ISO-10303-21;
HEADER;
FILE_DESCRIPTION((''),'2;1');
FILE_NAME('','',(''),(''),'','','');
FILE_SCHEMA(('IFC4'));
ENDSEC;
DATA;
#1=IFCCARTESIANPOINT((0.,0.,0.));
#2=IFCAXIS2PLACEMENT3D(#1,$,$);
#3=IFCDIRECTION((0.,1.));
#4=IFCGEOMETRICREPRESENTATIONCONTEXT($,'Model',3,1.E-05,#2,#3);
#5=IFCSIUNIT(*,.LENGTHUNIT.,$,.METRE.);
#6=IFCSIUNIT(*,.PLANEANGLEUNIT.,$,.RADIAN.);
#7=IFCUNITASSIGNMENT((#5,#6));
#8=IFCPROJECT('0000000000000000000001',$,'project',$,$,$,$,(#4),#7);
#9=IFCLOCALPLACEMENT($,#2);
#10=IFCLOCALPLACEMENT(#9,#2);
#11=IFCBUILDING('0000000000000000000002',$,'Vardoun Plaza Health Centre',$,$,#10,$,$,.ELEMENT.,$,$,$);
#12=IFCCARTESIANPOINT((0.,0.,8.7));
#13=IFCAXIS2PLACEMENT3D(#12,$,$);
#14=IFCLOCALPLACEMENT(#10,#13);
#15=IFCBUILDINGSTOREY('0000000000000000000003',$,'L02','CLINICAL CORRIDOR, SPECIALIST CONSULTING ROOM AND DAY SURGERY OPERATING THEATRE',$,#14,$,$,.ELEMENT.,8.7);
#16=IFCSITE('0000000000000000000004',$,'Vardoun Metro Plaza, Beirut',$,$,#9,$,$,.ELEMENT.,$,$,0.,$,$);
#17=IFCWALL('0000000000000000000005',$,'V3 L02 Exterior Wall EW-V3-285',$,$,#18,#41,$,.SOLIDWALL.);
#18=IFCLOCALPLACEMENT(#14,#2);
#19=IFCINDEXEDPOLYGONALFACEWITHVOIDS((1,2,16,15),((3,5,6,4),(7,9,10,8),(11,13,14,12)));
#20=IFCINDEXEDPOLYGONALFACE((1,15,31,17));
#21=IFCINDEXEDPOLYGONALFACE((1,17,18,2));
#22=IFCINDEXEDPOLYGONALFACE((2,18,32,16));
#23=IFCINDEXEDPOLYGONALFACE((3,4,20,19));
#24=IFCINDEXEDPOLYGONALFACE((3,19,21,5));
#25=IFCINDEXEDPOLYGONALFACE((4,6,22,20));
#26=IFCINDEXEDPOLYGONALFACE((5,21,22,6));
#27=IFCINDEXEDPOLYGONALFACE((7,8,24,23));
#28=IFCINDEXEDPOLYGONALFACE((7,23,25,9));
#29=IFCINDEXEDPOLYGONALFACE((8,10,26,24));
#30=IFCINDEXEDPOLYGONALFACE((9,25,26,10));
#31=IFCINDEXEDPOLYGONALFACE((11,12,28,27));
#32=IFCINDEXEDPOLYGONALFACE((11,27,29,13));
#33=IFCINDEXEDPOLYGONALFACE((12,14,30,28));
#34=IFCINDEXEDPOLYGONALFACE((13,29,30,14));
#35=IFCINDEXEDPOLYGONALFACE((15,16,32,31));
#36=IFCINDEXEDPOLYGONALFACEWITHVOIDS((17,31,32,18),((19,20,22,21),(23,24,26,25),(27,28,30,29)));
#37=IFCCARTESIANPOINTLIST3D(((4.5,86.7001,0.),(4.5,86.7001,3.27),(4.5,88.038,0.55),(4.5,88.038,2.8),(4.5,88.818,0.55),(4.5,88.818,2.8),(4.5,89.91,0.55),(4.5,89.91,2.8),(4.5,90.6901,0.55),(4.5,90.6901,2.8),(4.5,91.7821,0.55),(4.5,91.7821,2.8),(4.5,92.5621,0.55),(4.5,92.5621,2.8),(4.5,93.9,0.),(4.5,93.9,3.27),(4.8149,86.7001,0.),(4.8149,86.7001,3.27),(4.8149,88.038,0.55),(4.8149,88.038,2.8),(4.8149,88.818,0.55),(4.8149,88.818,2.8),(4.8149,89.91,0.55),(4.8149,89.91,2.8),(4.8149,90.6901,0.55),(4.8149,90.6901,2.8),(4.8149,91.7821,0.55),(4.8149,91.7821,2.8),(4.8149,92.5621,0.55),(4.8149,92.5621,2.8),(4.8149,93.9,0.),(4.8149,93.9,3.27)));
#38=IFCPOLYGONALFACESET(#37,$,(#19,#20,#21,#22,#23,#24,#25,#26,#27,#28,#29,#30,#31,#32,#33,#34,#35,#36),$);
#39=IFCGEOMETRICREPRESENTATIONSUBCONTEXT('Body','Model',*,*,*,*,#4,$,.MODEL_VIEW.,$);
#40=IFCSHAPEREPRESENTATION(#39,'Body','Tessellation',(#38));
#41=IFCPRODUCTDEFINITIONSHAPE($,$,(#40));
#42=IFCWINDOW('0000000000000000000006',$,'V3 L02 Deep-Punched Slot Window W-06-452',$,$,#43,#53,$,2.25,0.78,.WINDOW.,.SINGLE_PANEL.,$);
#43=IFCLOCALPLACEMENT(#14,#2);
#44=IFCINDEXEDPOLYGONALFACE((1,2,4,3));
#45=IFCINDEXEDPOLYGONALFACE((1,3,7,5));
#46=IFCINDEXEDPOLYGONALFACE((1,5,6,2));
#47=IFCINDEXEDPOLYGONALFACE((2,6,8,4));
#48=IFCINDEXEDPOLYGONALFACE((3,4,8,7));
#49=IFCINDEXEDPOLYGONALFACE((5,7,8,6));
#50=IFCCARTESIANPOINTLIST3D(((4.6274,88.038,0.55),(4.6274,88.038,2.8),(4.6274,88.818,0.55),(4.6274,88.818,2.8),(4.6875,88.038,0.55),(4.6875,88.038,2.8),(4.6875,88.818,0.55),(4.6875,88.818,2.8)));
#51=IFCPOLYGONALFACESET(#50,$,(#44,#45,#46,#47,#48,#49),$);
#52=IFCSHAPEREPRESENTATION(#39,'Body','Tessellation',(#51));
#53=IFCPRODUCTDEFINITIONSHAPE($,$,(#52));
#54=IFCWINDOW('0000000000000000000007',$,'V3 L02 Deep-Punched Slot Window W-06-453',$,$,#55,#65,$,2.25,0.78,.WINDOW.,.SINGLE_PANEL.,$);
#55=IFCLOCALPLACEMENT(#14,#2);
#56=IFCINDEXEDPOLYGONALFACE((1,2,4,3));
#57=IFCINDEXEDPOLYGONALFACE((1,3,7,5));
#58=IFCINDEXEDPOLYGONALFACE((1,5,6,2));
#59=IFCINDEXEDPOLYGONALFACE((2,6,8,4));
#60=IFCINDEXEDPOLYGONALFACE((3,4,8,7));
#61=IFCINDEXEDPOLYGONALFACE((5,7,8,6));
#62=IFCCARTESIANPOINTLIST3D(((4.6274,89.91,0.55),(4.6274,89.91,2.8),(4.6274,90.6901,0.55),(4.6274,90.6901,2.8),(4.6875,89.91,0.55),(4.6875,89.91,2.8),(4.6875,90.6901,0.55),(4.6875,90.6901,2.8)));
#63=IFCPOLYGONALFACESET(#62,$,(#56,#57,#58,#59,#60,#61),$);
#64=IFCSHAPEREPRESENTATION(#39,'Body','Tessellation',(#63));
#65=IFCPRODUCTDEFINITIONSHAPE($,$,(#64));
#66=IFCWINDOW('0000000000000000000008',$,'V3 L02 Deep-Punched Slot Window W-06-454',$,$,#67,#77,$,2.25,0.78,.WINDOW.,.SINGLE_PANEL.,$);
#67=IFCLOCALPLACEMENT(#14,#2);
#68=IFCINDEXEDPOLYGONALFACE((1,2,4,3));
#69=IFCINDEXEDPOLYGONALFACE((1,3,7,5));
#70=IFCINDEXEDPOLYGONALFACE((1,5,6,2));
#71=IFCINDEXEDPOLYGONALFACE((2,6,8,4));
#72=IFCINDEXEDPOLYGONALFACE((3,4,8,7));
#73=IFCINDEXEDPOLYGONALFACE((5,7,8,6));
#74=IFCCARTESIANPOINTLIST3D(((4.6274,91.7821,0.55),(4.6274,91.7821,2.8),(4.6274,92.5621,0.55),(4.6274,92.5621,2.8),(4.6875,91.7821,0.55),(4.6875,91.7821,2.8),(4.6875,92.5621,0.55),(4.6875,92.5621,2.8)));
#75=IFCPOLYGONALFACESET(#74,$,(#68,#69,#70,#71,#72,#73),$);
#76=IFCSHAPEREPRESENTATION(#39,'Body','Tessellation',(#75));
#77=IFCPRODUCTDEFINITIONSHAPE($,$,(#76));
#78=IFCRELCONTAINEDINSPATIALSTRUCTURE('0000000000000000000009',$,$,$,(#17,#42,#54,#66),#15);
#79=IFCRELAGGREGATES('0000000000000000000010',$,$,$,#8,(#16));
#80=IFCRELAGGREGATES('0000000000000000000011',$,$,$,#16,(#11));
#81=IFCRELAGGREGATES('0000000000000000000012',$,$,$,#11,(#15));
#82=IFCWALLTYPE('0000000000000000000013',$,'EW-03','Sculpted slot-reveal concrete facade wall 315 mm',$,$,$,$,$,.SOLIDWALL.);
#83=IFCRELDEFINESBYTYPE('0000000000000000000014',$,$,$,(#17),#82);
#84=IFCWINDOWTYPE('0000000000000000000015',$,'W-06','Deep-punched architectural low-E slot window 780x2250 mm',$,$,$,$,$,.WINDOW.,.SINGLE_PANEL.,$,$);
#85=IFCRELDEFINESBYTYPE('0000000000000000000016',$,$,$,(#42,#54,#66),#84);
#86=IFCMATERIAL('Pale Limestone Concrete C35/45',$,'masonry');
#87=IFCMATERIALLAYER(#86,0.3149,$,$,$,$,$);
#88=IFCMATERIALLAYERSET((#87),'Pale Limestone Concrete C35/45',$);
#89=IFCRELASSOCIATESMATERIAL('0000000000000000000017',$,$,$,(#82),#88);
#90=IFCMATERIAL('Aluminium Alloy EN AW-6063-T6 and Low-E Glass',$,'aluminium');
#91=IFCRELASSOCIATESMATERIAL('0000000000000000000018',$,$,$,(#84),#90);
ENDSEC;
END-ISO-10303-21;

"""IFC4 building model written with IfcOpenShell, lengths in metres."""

from ifc_helpers import new_model, si_unit, direction, frame, frame_2d, origin, place, context, subcontext, project, spatial, rectangle, extrude, material, layer, layer_set, type_object, element, fill, save


model = new_model("IFC4")

# Units and contexts
model_context = context("Model", 3, precision=1e-05, world=origin(), true_north=direction((0.0, 1.0)))
body_context = subcontext(model_context, "Body", "Model", "MODEL_VIEW")
ifc_project = project(units=[si_unit("LENGTHUNIT", "METRE"), si_unit("PLANEANGLEUNIT", "RADIAN")], contexts=[model_context])

# Site, building, storey
site_placement = place(None, origin())
site = spatial("IfcSite", under=ifc_project, at=site_placement, Name="Vardoun Metro Plaza, Beirut", CompositionType="ELEMENT", RefElevation=0.0)
building_placement = place(site_placement, origin())
building = spatial("IfcBuilding", under=site, at=building_placement, Name="Vardoun Plaza Health Centre", CompositionType="ELEMENT")
storey_placement = place(building_placement, frame((0.0, 0.0, 8.7)))
storey = spatial("IfcBuildingStorey", under=building, at=storey_placement, Name="L02", Description="CLINICAL CORRIDOR, SPECIALIST CONSULTING ROOM AND DAY SURGERY OPERATING THEATRE", CompositionType="ELEMENT", Elevation=8.7)

# Wall, openings, windows
ifc_material_1 = material(Name="Pale Limestone Concrete C35/45", Category="masonry")
ifc_layer_1 = layer(ifc_material_1, 0.3149)
ifc_layer_set_1 = layer_set([ifc_layer_1], Name="Pale Limestone Concrete C35/45")
wall_type_1 = type_object("IfcWallType", Name="EW-03", Description="Sculpted slot-reveal concrete facade wall 315 mm", PredefinedType="SOLIDWALL", material=ifc_layer_set_1)
wall_1_placement = place(storey_placement, frame((4.6575, 86.7, 0.0), z_axis=(0.0, 0.0, 1.0), x_axis=(0.0, 1.0, 0.0)))
wall_1 = element("IfcWall", 1, at=wall_1_placement, inside=storey, type_object=wall_type_1, Name="V3 L02 Exterior Wall EW-V3-285", PredefinedType="SOLIDWALL", context=body_context, shape_type="SweptSolid", body=[
    extrude(rectangle(XDim=7.2, YDim=0.3149, at=frame_2d((3.6001, 0.0))), origin(), (0.0, 0.0, 1.0), 3.27),
])
opening_1_placement = place(wall_1_placement, frame((1.3379, 0.0, 0.55)))
opening_1 = element("IfcOpeningElement", 2, at=opening_1_placement, cuts=wall_1, PredefinedType="OPENING", context=body_context, shape_type="SweptSolid", body=[
    extrude(rectangle(XDim=0.78, YDim=2.25, at=frame_2d((0.3901, 1.125))), frame((0.0, 0.1575, 0.0), z_axis=(0.0, -1.0, 0.0), x_axis=(1.0, 0.0, 0.0)), (0.0, 0.0, 1.0), 0.3149),
])
opening_2_placement = place(wall_1_placement, frame((3.21, 0.0, 0.55)))
opening_2 = element("IfcOpeningElement", 3, at=opening_2_placement, cuts=wall_1, PredefinedType="OPENING", context=body_context, shape_type="SweptSolid", body=[
    extrude(rectangle(XDim=0.78, YDim=2.25, at=frame_2d((0.3901, 1.125))), frame((0.0, 0.1575, 0.0), z_axis=(0.0, -1.0, 0.0), x_axis=(1.0, 0.0, 0.0)), (0.0, 0.0, 1.0), 0.3149),
])
opening_3_placement = place(wall_1_placement, frame((5.082, 0.0, 0.55)))
opening_3 = element("IfcOpeningElement", 4, at=opening_3_placement, cuts=wall_1, PredefinedType="OPENING", context=body_context, shape_type="SweptSolid", body=[
    extrude(rectangle(XDim=0.78, YDim=2.25, at=frame_2d((0.3901, 1.125))), frame((0.0, 0.1575, 0.0), z_axis=(0.0, -1.0, 0.0), x_axis=(1.0, 0.0, 0.0)), (0.0, 0.0, 1.0), 0.3149),
])
ifc_material_2 = material(Name="Aluminium Alloy EN AW-6063-T6 and Low-E Glass", Category="aluminium")
window_type = type_object("IfcWindowType", Name="W-06", Description="Deep-punched architectural low-E slot window 780x2250 mm", PartitioningType="SINGLE_PANEL", PredefinedType="WINDOW", material=ifc_material_2)
window_1_placement = place(opening_1_placement, origin())
window_1 = element("IfcWindow", 5, at=window_1_placement, inside=storey, type_object=window_type, Name="V3 L02 Deep-Punched Slot Window W-06-452", OverallHeight=2.25, OverallWidth=0.78, PartitioningType="SINGLE_PANEL", PredefinedType="WINDOW", context=body_context, shape_type="SweptSolid", body=[
    extrude(rectangle(XDim=0.78, YDim=2.25, at=frame_2d((0.3901, 1.125))), frame((0.0, 0.03, 0.0), z_axis=(0.0, -1.0, 0.0), x_axis=(1.0, 0.0, 0.0)), (0.0, 0.0, 1.0), 0.0601),
])
fill(opening_1, window_1)
window_2_placement = place(opening_2_placement, origin())
window_2 = element("IfcWindow", 6, at=window_2_placement, inside=storey, type_object=window_type, Name="V3 L02 Deep-Punched Slot Window W-06-453", OverallHeight=2.25, OverallWidth=0.78, PartitioningType="SINGLE_PANEL", PredefinedType="WINDOW", context=body_context, shape_type="SweptSolid", body=[
    extrude(rectangle(XDim=0.78, YDim=2.25, at=frame_2d((0.3901, 1.125))), frame((0.0, 0.03, 0.0), z_axis=(0.0, -1.0, 0.0), x_axis=(1.0, 0.0, 0.0)), (0.0, 0.0, 1.0), 0.0601),
])
fill(opening_2, window_2)
window_3_placement = place(opening_3_placement, origin())
window_3 = element("IfcWindow", 7, at=window_3_placement, inside=storey, type_object=window_type, Name="V3 L02 Deep-Punched Slot Window W-06-454", OverallHeight=2.25, OverallWidth=0.78, PartitioningType="SINGLE_PANEL", PredefinedType="WINDOW", context=body_context, shape_type="SweptSolid", body=[
    extrude(rectangle(XDim=0.78, YDim=2.25, at=frame_2d((0.3901, 1.125))), frame((0.0, 0.03, 0.0), z_axis=(0.0, -1.0, 0.0), x_axis=(1.0, 0.0, 0.0)), (0.0, 0.0, 1.0), 0.0601),
])
fill(opening_3, window_3)

save(model, "model.ifc")
